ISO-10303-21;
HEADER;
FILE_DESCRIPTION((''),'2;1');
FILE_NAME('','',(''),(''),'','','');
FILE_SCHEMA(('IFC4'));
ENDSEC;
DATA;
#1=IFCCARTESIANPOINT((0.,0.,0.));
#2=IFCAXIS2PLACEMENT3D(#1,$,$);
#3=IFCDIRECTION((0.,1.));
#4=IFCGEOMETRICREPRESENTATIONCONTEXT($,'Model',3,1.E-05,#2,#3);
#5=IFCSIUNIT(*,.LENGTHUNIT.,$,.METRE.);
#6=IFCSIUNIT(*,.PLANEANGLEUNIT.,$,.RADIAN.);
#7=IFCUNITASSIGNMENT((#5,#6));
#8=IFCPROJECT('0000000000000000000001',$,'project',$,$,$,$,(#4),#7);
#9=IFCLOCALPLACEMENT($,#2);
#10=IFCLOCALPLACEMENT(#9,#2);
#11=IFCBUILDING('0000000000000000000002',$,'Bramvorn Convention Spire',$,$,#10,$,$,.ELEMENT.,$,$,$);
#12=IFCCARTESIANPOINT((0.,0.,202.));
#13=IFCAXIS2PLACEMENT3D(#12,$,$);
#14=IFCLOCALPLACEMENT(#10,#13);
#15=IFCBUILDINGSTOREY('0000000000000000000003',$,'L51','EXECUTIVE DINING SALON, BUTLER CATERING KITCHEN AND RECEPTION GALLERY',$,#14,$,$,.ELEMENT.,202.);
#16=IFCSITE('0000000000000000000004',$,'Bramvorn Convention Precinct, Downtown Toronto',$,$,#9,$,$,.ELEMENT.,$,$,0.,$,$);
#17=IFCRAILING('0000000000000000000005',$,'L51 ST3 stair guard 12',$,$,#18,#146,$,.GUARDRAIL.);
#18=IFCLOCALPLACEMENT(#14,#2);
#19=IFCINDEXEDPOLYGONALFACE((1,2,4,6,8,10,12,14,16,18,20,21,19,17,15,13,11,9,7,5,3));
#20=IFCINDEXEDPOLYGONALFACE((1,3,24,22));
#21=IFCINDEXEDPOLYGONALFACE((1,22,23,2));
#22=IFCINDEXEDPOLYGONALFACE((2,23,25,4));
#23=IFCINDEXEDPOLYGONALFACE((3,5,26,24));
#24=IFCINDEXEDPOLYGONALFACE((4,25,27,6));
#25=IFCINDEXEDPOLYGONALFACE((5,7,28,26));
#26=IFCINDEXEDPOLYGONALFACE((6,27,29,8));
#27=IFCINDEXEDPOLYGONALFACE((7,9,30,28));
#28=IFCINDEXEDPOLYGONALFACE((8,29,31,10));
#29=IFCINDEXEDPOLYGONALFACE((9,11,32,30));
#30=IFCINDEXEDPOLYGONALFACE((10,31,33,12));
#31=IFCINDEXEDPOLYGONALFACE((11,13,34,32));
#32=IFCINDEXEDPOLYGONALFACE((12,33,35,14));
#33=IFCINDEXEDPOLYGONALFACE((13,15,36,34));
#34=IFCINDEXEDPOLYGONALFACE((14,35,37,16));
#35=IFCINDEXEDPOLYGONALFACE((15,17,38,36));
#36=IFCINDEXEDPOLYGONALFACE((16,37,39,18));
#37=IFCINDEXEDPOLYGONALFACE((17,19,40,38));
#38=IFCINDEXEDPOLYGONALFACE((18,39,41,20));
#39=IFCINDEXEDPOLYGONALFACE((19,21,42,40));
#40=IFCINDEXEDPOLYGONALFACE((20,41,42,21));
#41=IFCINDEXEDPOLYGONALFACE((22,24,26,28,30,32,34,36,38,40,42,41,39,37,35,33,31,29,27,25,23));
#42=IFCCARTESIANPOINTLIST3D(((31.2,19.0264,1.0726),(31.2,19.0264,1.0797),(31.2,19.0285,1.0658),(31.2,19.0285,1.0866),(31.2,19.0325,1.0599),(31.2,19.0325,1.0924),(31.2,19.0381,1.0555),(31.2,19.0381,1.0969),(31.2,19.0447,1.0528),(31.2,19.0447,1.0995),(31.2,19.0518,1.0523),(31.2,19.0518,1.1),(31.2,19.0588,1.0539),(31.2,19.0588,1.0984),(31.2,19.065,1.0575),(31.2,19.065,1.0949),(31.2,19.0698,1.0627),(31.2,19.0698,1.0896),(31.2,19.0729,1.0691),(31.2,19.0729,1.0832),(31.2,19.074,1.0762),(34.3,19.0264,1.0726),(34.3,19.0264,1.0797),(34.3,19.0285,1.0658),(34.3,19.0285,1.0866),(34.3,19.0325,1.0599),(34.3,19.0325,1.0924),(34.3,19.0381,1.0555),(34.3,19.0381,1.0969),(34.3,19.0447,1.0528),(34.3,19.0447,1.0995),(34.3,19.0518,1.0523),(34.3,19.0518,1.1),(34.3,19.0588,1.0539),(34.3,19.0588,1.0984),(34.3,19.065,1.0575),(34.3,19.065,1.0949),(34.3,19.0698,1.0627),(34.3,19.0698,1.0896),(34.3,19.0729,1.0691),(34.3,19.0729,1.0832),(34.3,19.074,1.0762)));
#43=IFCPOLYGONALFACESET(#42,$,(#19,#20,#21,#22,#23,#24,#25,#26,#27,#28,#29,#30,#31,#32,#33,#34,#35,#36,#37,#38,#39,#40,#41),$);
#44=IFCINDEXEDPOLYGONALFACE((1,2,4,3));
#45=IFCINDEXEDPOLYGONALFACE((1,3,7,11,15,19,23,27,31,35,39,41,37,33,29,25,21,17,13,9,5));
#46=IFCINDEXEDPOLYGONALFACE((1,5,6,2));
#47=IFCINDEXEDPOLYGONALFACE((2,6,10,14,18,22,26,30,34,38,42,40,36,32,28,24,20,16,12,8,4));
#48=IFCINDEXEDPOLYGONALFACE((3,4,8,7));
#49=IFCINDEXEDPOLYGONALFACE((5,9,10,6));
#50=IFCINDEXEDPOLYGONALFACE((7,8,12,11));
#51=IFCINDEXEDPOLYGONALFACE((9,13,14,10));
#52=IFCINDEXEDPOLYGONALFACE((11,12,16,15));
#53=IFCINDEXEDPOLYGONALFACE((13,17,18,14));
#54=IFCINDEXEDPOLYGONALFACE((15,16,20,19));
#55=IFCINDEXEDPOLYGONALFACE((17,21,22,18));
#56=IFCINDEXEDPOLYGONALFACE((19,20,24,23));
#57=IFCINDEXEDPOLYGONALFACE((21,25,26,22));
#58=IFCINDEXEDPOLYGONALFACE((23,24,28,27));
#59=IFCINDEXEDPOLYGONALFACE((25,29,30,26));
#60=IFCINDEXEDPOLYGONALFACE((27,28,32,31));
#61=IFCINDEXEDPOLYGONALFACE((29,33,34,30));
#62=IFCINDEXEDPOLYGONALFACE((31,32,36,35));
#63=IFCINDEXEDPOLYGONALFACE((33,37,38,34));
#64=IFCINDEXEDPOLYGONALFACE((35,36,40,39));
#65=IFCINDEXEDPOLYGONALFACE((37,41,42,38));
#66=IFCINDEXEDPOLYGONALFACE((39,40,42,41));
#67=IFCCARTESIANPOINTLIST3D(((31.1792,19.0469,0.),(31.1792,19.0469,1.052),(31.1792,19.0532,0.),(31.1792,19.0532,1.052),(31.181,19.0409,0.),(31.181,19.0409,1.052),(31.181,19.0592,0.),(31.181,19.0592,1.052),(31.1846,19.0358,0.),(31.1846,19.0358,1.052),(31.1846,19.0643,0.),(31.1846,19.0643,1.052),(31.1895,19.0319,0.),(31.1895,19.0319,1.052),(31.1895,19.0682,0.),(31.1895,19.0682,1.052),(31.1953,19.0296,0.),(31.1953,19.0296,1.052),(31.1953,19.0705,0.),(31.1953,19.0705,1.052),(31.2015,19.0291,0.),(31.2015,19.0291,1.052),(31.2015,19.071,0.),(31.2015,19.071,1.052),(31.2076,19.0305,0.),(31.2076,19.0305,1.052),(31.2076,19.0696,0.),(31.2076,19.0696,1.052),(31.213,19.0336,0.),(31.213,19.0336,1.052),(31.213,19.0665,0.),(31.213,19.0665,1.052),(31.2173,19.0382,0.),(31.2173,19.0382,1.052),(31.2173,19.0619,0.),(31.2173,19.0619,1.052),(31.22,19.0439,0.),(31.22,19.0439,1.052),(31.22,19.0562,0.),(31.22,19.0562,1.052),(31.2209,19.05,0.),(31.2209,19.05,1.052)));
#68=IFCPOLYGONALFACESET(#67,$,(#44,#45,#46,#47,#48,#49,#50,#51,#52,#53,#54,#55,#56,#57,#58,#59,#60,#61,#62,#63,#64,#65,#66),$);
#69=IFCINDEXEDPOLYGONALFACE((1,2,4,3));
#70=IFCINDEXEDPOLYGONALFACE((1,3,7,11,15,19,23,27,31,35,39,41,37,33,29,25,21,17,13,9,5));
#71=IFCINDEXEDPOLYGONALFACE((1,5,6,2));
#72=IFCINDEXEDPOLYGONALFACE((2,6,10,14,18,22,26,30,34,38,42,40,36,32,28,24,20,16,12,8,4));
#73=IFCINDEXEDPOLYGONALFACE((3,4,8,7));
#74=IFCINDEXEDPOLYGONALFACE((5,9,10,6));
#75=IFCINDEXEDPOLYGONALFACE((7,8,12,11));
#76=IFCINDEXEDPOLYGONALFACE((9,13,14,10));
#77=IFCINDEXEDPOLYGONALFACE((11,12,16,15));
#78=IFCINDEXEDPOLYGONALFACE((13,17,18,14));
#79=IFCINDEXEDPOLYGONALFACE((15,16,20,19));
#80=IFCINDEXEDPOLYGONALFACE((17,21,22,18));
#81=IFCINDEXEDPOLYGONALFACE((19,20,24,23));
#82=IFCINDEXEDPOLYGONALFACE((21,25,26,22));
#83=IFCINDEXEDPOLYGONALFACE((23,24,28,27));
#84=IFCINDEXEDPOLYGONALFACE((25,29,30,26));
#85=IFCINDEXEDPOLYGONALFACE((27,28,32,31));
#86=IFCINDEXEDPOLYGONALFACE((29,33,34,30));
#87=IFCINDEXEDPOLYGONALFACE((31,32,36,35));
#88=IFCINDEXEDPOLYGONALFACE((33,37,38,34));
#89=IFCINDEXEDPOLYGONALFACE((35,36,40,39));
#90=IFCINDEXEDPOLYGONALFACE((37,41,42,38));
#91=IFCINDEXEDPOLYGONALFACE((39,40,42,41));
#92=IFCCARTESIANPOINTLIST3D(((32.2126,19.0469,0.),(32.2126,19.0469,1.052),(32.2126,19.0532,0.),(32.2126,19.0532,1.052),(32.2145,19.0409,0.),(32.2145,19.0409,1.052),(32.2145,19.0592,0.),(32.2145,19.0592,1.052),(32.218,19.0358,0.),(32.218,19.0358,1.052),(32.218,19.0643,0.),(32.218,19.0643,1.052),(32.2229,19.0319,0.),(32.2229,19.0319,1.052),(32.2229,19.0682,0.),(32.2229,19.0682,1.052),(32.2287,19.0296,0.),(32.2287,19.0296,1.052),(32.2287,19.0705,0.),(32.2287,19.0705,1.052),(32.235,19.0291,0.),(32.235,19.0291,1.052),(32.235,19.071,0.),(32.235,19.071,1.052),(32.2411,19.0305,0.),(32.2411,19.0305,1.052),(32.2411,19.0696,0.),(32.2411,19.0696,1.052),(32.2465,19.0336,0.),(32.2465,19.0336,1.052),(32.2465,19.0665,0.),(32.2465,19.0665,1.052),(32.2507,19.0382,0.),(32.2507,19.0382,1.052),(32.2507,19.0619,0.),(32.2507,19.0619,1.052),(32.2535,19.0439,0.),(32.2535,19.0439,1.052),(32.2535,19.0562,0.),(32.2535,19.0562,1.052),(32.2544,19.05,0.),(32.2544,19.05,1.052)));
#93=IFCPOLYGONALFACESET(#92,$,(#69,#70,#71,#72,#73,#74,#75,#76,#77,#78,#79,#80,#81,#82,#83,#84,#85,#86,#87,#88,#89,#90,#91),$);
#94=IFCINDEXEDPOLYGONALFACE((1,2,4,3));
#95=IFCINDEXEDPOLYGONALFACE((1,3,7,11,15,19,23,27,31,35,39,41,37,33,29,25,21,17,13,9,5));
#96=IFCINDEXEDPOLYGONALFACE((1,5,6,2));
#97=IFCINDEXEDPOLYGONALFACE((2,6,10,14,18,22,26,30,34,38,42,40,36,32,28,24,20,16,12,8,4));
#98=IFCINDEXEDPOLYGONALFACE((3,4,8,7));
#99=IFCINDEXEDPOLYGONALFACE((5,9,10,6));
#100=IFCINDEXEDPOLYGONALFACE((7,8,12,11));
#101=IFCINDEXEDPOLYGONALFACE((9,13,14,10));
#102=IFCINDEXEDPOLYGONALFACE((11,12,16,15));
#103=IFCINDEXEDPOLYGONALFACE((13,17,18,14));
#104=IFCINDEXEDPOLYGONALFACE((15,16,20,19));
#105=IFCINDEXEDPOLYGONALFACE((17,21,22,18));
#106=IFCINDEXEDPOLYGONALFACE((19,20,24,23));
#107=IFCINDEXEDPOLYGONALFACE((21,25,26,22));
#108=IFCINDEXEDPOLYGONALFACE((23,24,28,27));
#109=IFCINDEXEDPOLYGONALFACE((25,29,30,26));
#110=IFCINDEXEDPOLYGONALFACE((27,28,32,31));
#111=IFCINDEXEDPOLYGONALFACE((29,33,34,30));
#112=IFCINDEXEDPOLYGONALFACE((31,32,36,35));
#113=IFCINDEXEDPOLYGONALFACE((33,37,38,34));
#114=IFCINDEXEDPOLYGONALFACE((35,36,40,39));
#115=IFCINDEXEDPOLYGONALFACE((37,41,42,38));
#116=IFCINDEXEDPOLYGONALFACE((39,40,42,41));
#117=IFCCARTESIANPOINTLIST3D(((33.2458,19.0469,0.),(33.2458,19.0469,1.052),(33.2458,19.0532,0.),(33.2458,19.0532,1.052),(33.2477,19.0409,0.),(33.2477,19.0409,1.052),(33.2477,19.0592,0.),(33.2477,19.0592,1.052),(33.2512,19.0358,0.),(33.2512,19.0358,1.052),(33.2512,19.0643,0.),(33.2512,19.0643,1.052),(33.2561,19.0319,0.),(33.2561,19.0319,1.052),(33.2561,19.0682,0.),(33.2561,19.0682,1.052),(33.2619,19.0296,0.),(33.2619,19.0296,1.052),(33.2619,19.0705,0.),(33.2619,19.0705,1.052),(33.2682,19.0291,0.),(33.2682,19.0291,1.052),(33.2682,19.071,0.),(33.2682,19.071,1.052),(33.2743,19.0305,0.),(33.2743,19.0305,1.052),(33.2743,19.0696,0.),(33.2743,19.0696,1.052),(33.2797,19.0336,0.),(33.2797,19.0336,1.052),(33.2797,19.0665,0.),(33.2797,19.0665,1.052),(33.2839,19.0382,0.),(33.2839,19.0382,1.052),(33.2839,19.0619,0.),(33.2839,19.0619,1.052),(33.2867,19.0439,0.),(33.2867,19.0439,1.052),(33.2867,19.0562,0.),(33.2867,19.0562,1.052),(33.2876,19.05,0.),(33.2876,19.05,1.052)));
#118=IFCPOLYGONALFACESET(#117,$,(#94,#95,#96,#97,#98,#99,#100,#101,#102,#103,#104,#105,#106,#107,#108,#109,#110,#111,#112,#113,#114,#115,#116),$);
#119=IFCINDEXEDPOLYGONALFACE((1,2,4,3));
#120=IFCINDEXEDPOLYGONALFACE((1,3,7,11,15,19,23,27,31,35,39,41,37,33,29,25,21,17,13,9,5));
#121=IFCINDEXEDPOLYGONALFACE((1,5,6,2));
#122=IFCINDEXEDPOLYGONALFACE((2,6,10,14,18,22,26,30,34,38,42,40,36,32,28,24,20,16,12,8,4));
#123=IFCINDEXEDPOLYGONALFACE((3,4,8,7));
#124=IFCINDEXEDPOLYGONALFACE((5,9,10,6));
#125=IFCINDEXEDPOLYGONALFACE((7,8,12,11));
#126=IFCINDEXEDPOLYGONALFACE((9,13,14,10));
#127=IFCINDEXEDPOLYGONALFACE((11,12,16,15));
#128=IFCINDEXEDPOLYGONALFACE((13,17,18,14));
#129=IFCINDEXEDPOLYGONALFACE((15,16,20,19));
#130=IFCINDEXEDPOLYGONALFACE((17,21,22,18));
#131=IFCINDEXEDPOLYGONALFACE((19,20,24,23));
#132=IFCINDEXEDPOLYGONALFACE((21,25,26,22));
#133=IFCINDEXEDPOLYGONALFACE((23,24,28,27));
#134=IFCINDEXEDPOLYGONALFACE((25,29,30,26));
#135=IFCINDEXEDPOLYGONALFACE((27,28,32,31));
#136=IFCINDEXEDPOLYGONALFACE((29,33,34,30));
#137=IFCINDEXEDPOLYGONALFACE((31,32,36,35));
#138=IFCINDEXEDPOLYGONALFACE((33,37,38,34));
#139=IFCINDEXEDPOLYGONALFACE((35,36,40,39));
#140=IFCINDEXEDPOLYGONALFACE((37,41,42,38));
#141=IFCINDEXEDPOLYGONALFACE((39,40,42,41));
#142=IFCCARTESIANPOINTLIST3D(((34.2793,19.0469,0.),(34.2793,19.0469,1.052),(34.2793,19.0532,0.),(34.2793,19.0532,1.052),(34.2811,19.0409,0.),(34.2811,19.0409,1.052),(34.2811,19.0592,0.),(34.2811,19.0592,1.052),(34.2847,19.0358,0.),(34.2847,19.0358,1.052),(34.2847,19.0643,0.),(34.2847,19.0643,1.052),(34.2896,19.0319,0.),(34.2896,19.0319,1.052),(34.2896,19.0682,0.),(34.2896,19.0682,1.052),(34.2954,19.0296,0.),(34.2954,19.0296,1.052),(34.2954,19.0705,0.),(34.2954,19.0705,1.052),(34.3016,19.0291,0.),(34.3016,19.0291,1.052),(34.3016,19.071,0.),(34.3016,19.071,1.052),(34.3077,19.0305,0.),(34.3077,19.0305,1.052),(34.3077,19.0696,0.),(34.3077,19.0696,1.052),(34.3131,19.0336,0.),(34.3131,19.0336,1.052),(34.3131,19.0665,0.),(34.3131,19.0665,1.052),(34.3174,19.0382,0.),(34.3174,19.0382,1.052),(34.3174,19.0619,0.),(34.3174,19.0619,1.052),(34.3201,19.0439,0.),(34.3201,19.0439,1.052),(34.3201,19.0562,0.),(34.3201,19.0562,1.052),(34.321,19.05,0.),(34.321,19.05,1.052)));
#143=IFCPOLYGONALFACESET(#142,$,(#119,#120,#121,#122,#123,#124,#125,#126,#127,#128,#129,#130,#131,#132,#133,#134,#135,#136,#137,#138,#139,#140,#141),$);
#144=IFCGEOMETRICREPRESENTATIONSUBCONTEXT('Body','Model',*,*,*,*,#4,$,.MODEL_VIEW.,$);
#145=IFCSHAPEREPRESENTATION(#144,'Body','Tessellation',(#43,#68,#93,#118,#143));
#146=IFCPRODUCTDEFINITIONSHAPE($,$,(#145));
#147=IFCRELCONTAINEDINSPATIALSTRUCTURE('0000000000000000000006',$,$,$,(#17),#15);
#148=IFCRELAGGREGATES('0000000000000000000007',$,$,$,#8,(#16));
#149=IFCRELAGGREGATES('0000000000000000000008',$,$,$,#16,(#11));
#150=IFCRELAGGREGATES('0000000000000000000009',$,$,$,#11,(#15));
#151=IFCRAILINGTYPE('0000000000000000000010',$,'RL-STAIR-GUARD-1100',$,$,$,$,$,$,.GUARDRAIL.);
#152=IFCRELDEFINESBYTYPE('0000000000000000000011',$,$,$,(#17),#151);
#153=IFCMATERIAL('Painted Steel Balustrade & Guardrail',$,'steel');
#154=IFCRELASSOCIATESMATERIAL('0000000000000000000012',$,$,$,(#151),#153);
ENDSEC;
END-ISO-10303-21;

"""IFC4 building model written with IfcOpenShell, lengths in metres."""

from ifc_helpers import new_model, si_unit, direction, frame, origin, origin_2d, place, context, subcontext, project, spatial, circle, extrude, material, type_object, element, save


model = new_model("IFC4")

# Units and contexts
model_context = context("Model", 3, precision=1e-05, world=origin(), true_north=direction((0.0, 1.0)))
body_context = subcontext(model_context, "Body", "Model", "MODEL_VIEW")
ifc_project = project(units=[si_unit("LENGTHUNIT", "METRE"), si_unit("PLANEANGLEUNIT", "RADIAN")], contexts=[model_context])

# Site, building, storey
site_placement = place(None, origin())
site = spatial("IfcSite", under=ifc_project, at=site_placement, Name="Bramvorn Convention Precinct, Downtown Toronto", CompositionType="ELEMENT", RefElevation=0.0)
building_placement = place(site_placement, origin())
building = spatial("IfcBuilding", under=site, at=building_placement, Name="Bramvorn Convention Spire", CompositionType="ELEMENT")
storey_placement = place(building_placement, frame((0.0, 0.0, 202.0)))
storey = spatial("IfcBuildingStorey", under=building, at=storey_placement, Name="L51", Description="EXECUTIVE DINING SALON, BUTLER CATERING KITCHEN AND RECEPTION GALLERY", CompositionType="ELEMENT", Elevation=202.0)

# Railing
ifc_material_1 = material(Name="Painted Steel Balustrade & Guardrail", Category="steel")
railing_type_1 = type_object("IfcRailingType", Name="RL-STAIR-GUARD-1100", PredefinedType="GUARDRAIL", material=ifc_material_1)
railing_1_placement = place(storey_placement, frame((31.2, 19.05, 0.0)))
element("IfcRailing", 1, at=railing_1_placement, inside=storey, type_object=railing_type_1, Name="L51 ST3 stair guard 12", PredefinedType="GUARDRAIL", context=body_context, shape_type="SweptSolid", body=[
    extrude(circle(Radius=0.0239, at=origin_2d()), frame((0.0, 0.0, 1.0762), z_axis=(1.0, 0.0, 0.0), x_axis=(0.0, 1.0, 0.0)), (0.0, 0.0, 1.0), 3.1001),
    extrude(circle(Radius=0.021, at=origin_2d()), origin(), (0.0, 0.0, 1.0), 1.052),
    extrude(circle(Radius=0.021, at=origin_2d()), frame((1.0334, 0.0, 0.0)), (0.0, 0.0, 1.0), 1.052),
    extrude(circle(Radius=0.021, at=origin_2d()), frame((2.0667, 0.0, 0.0)), (0.0, 0.0, 1.0), 1.052),
    extrude(circle(Radius=0.021, at=origin_2d()), frame((3.1001, 0.0, 0.0)), (0.0, 0.0, 1.0), 1.052),
])

save(model, "model.ifc")
